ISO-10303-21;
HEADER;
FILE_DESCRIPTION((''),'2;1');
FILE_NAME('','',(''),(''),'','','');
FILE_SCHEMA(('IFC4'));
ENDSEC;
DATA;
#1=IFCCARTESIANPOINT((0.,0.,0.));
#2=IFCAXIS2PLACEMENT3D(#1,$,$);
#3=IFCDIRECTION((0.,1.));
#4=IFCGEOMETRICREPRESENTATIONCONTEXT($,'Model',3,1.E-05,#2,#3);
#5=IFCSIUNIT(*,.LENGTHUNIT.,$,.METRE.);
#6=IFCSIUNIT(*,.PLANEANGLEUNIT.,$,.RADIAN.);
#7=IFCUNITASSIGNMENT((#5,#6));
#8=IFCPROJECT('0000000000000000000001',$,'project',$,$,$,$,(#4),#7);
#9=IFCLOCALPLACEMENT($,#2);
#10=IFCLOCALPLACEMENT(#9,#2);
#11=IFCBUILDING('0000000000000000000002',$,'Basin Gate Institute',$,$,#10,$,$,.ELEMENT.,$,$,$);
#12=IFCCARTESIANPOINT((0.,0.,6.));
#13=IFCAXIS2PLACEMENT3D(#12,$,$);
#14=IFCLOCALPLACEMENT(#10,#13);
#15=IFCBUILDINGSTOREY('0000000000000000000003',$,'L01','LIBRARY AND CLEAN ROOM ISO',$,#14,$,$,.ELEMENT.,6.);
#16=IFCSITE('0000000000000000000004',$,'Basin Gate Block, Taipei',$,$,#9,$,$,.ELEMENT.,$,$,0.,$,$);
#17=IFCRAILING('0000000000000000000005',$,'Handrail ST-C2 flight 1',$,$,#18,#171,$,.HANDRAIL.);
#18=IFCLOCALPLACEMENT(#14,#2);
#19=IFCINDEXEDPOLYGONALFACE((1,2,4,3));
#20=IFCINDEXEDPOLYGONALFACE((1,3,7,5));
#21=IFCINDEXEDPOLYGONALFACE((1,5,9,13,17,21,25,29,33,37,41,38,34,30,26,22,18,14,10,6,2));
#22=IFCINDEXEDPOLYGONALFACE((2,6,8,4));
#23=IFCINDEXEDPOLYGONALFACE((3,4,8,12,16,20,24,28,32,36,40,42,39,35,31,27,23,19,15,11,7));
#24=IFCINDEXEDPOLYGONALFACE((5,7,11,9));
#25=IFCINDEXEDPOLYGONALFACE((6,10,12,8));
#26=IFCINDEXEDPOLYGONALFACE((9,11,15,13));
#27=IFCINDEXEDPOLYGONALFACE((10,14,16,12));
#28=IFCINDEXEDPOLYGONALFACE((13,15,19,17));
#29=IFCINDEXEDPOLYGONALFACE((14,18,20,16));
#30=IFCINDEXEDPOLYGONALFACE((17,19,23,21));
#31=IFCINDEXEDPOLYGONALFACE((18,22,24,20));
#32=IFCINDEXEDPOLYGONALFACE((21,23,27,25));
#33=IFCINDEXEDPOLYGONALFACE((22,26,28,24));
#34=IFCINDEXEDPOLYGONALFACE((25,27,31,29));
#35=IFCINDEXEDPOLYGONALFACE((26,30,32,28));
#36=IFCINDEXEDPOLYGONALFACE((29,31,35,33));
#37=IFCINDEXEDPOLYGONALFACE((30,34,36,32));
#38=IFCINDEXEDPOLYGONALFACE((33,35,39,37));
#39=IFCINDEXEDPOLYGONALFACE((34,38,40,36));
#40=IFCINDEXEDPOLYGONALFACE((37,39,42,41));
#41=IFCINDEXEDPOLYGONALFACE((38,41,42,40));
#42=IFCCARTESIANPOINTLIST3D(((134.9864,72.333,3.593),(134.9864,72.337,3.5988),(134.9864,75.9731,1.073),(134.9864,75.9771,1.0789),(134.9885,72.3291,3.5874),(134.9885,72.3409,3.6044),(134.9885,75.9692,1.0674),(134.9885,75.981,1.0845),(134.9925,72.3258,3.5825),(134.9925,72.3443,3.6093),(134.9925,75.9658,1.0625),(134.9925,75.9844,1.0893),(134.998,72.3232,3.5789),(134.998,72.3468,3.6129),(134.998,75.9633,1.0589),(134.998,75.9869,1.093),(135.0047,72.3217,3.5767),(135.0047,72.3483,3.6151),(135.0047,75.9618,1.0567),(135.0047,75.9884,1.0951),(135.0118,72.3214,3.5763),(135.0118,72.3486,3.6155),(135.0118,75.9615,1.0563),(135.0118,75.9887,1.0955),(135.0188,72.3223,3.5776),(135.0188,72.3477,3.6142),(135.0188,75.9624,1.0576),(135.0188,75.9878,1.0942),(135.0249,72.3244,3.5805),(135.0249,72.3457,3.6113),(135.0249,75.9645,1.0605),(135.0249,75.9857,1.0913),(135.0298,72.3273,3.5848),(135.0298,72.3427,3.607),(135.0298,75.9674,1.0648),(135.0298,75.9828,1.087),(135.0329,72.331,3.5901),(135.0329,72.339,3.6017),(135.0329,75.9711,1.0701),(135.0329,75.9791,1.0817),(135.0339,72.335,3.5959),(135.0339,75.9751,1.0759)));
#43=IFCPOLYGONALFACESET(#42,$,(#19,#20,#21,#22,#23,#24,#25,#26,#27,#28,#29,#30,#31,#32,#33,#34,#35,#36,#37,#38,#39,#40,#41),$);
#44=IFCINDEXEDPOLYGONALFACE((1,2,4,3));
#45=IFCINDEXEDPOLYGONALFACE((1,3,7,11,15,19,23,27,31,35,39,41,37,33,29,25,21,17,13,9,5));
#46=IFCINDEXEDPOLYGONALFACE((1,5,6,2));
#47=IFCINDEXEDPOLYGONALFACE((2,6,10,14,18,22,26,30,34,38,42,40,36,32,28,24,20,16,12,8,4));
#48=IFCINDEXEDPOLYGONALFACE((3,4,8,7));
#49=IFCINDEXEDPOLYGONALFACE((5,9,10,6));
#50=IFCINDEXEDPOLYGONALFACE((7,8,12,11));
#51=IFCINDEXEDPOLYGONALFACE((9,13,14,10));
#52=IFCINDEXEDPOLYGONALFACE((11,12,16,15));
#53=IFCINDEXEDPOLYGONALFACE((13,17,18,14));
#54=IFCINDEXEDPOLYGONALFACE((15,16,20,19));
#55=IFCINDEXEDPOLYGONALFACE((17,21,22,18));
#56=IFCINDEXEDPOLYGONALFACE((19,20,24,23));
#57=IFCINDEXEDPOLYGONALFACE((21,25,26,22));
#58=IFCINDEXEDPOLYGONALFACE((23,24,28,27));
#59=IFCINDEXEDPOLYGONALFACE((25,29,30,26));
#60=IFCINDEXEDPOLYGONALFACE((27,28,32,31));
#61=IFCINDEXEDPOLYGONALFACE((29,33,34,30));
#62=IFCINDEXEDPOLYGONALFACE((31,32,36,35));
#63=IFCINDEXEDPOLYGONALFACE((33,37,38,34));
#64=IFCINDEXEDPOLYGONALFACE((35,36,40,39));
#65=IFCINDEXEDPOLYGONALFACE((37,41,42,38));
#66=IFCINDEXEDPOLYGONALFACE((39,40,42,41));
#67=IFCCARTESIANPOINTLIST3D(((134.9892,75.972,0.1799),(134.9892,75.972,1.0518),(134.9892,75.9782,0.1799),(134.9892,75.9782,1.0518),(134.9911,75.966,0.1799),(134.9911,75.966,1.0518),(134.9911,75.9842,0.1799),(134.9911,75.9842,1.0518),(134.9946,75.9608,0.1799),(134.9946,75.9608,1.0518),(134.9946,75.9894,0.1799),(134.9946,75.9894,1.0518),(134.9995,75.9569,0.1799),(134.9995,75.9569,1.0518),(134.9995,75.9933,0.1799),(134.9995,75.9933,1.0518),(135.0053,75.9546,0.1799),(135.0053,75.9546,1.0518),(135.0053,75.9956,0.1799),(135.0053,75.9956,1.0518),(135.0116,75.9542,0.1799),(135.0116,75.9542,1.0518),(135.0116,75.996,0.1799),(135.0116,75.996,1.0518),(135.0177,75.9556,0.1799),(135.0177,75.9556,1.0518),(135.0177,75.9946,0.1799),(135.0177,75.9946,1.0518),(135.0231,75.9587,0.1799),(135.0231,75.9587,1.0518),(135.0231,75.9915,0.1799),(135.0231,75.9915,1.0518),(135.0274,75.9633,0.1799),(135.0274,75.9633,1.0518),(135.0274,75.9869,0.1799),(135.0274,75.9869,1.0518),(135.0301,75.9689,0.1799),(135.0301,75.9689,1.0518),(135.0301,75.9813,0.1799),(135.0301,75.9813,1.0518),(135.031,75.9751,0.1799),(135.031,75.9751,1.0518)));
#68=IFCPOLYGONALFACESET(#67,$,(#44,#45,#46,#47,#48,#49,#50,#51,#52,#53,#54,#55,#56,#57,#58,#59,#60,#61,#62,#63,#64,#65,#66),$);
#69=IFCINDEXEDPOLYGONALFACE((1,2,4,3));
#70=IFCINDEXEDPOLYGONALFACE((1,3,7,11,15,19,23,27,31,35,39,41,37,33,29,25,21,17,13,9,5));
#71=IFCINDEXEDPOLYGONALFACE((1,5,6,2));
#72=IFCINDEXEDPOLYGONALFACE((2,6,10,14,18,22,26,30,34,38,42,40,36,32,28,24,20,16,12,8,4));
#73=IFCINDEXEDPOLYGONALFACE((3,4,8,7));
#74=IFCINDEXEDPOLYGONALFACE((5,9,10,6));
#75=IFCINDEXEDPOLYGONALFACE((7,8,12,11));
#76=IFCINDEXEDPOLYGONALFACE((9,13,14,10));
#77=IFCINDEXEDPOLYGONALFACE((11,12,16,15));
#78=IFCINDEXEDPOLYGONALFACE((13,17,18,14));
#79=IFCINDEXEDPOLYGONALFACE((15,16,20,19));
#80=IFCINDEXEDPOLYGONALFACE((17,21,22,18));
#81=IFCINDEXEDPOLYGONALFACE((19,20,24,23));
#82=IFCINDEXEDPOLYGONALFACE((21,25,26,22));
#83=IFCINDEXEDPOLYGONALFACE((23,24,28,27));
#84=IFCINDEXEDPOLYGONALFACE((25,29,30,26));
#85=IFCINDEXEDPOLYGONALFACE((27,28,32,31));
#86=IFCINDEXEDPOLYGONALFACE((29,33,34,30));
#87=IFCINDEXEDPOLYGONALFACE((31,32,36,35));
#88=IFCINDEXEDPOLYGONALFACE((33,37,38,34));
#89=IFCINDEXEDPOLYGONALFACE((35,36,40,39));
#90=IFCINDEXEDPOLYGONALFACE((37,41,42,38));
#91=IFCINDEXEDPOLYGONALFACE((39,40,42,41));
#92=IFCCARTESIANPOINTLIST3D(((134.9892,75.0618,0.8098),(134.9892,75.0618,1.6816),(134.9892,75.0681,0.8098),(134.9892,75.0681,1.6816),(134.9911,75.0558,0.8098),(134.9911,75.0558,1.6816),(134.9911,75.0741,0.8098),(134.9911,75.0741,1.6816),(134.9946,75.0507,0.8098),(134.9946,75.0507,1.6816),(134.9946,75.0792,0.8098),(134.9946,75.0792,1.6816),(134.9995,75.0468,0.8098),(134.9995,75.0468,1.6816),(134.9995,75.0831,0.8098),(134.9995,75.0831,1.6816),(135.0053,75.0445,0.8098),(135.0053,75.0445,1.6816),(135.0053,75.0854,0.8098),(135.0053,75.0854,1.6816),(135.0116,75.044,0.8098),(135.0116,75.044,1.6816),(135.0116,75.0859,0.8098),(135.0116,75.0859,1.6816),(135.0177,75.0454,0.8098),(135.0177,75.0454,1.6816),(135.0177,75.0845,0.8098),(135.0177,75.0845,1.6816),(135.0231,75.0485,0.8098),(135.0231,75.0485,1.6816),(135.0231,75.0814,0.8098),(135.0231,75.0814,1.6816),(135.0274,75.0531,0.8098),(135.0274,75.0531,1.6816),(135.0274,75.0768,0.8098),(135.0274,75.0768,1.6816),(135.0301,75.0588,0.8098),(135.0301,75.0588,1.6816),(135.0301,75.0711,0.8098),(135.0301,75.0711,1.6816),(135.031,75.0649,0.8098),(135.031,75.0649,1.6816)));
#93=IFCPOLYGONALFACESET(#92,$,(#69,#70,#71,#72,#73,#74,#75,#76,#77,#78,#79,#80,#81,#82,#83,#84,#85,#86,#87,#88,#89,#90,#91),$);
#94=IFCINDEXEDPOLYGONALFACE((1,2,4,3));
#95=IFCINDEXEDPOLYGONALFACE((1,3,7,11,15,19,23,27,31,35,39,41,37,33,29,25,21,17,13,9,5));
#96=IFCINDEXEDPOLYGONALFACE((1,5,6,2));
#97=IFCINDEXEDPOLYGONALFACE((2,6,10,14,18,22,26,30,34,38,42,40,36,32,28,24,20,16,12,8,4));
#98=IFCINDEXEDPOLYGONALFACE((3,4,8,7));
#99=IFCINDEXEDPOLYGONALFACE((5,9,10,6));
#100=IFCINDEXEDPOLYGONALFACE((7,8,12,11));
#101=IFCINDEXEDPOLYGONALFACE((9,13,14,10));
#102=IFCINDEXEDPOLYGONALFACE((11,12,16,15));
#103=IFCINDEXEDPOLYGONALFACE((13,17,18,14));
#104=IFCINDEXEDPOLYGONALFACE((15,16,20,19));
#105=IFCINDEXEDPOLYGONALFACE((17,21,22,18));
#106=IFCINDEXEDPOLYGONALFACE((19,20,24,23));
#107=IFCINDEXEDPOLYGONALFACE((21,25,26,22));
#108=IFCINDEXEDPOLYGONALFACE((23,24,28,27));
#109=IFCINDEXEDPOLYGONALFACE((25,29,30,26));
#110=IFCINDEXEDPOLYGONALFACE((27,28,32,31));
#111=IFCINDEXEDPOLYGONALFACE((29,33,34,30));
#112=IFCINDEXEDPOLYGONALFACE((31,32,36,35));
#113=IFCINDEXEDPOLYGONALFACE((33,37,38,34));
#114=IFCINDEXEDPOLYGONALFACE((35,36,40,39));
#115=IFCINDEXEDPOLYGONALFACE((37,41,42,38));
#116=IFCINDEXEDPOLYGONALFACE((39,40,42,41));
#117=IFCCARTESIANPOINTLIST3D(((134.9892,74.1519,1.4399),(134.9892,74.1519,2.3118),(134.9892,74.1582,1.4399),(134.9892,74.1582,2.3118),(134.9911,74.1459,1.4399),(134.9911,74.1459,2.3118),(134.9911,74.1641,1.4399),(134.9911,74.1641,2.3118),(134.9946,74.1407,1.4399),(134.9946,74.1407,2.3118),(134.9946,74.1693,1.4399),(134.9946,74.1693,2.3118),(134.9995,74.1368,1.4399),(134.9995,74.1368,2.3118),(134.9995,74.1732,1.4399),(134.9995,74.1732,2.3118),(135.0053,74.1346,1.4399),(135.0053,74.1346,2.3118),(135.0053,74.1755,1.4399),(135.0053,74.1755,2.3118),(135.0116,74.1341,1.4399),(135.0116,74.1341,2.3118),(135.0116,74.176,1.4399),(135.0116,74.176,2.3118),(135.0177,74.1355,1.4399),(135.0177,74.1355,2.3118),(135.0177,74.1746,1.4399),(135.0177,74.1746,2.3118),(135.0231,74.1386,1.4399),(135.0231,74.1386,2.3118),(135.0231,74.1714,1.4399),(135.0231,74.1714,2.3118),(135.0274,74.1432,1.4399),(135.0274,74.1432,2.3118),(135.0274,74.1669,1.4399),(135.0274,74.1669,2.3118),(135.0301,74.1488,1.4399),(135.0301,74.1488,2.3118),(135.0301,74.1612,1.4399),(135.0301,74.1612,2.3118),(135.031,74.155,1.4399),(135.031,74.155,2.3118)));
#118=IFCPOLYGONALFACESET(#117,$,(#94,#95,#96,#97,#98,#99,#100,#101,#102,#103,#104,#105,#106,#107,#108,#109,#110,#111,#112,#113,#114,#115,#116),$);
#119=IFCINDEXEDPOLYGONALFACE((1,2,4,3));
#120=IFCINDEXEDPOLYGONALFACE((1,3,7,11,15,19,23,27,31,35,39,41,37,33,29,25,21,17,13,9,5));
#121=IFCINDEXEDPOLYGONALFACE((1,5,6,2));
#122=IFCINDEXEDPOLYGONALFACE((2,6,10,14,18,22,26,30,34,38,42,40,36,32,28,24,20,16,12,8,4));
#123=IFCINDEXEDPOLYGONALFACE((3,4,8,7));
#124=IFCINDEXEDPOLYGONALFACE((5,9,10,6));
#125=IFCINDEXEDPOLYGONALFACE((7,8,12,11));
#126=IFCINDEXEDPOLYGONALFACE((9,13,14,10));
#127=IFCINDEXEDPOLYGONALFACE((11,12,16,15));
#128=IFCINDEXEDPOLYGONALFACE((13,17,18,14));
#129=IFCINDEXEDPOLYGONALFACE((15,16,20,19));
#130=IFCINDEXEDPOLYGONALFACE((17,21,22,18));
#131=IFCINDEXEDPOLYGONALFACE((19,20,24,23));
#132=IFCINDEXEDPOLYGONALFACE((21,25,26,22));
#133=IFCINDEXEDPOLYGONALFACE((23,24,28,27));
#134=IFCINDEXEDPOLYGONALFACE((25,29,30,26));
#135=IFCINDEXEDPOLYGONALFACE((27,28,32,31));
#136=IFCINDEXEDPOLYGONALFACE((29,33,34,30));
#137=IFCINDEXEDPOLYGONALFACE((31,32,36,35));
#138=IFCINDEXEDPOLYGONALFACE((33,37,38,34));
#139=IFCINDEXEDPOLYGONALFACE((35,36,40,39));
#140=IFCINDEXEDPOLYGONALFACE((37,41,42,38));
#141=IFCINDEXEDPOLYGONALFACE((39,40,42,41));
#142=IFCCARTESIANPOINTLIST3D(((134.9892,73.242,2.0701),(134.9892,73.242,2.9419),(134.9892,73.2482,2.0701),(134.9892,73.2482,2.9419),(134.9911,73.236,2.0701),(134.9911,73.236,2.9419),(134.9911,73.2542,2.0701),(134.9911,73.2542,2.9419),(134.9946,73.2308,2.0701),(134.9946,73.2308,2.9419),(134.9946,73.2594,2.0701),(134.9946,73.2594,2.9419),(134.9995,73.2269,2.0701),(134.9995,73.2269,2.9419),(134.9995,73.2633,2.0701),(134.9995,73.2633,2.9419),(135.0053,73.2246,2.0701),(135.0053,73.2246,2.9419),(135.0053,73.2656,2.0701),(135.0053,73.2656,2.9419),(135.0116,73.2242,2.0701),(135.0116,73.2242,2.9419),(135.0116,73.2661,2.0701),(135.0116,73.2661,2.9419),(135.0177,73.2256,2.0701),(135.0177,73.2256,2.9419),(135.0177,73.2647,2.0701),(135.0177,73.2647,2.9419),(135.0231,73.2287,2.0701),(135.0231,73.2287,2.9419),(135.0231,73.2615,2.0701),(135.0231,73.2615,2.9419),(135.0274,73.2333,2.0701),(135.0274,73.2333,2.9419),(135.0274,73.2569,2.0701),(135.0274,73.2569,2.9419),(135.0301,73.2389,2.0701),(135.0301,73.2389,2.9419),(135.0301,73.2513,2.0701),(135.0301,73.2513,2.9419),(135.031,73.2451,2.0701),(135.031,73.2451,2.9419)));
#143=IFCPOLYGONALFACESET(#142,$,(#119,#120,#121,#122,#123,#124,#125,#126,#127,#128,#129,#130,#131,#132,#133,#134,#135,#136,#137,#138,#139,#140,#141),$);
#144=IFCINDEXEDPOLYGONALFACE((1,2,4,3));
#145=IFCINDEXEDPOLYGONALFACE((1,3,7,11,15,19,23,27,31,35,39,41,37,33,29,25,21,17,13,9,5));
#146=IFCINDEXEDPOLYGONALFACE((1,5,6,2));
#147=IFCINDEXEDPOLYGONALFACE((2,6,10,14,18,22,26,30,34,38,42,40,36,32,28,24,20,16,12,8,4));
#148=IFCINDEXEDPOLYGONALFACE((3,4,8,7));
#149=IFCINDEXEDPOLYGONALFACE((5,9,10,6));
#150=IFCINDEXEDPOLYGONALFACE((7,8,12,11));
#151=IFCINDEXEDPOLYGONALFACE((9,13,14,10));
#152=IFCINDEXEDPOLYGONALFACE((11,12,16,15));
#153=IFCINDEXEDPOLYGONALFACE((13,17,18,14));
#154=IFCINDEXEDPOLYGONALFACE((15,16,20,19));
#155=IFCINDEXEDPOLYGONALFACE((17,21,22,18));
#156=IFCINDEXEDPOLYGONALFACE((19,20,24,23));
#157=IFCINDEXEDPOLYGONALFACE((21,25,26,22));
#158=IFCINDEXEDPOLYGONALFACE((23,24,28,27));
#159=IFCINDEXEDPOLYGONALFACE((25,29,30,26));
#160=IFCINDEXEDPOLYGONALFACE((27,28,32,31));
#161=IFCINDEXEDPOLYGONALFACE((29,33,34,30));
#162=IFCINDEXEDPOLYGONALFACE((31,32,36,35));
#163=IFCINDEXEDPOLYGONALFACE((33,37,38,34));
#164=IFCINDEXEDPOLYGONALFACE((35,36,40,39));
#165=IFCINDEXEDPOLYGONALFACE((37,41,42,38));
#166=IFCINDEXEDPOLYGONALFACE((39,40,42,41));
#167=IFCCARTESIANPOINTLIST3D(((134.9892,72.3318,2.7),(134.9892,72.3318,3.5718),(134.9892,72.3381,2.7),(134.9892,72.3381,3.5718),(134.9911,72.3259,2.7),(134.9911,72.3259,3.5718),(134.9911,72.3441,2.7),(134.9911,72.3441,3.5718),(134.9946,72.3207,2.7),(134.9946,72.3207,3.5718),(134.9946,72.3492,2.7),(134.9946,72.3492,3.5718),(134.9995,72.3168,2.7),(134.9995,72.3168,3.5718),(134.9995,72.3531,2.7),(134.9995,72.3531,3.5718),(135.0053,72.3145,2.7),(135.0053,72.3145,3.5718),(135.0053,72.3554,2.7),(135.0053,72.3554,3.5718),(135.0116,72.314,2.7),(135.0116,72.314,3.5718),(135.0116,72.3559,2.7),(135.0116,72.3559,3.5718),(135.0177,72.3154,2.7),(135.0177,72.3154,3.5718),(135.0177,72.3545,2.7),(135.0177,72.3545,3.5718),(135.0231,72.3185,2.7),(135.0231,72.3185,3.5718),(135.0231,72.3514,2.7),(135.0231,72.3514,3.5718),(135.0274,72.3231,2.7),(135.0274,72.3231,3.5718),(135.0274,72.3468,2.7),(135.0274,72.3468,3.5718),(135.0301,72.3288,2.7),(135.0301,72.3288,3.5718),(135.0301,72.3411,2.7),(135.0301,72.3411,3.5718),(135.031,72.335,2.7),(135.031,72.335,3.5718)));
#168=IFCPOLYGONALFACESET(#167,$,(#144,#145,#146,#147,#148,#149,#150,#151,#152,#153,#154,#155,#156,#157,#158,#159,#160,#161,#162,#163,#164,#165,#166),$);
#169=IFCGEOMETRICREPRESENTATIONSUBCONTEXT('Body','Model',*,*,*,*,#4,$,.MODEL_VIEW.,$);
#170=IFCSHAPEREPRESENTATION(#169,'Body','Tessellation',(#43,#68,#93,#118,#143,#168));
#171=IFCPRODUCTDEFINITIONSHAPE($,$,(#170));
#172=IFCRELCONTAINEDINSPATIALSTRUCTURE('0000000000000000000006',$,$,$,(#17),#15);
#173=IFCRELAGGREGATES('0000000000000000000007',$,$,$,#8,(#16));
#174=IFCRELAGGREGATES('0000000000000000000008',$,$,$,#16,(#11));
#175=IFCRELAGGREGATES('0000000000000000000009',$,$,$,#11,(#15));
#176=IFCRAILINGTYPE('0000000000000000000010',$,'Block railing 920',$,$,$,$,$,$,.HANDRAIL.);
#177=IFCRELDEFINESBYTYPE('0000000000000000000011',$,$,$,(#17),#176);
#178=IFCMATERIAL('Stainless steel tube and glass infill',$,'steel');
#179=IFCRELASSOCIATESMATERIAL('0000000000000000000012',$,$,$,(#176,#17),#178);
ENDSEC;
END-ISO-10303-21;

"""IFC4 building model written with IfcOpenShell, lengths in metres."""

from ifc_helpers import new_model, si_unit, direction, frame, origin, origin_2d, place, context, subcontext, project, spatial, circle, extrude, material, type_object, element, save


model = new_model("IFC4")

# Units and contexts
model_context = context("Model", 3, precision=1e-05, world=origin(), true_north=direction((0.0, 1.0)))
body_context = subcontext(model_context, "Body", "Model", "MODEL_VIEW")
ifc_project = project(units=[si_unit("LENGTHUNIT", "METRE"), si_unit("PLANEANGLEUNIT", "RADIAN")], contexts=[model_context])

# Site, building, storey
site_placement = place(None, origin())
site = spatial("IfcSite", under=ifc_project, at=site_placement, Name="Basin Gate Block, Taipei", CompositionType="ELEMENT", RefElevation=0.0)
building_placement = place(site_placement, origin())
building = spatial("IfcBuilding", under=site, at=building_placement, Name="Basin Gate Institute", CompositionType="ELEMENT")
storey_placement = place(building_placement, frame((0.0, 0.0, 6.0)))
storey = spatial("IfcBuildingStorey", under=building, at=storey_placement, Name="L01", Description="LIBRARY AND CLEAN ROOM ISO", CompositionType="ELEMENT", Elevation=6.0)

# Railing
ifc_material_1 = material(Name="Stainless steel tube and glass infill", Category="steel")
railing_type_1 = type_object("IfcRailingType", Name="Block railing 920", PredefinedType="HANDRAIL", material=ifc_material_1)
for number, where, name in (
    (1, (135.01, 75.9751, 0.1799), "Handrail ST-C2 flight 1"),
):
    element("IfcRailing", number, at=place(storey_placement, frame(where)), inside=storey, type_object=railing_type_1, material=ifc_material_1, Name=name, PredefinedType="HANDRAIL", context=body_context, shape_type="SweptSolid", body=[
        extrude(circle(Radius=0.0239, at=origin_2d()), frame((0.0, 0.0, 0.896), z_axis=(0.0, -0.8222, 0.569199), x_axis=(1.0, 0.0, 0.0)), (0.0, 0.0, 1.0), 4.4272),
        extrude(circle(Radius=0.021, at=origin_2d()), origin(), (0.0, 0.0, 1.0), 0.8718),
        extrude(circle(Radius=0.021, at=origin_2d()), frame((0.0, -0.9102, 0.6299)), (0.0, 0.0, 1.0), 0.8718),
        extrude(circle(Radius=0.021, at=origin_2d()), frame((0.0, -1.8201, 1.26)), (0.0, 0.0, 1.0), 0.8718),
        extrude(circle(Radius=0.021, at=origin_2d()), frame((0.0, -2.73, 1.8901)), (0.0, 0.0, 1.0), 0.8718),
        extrude(circle(Radius=0.021, at=origin_2d()), frame((0.0, -3.6401, 2.52)), (0.0, 0.0, 1.0), 0.8718),
    ])

save(model, "model.ifc")
